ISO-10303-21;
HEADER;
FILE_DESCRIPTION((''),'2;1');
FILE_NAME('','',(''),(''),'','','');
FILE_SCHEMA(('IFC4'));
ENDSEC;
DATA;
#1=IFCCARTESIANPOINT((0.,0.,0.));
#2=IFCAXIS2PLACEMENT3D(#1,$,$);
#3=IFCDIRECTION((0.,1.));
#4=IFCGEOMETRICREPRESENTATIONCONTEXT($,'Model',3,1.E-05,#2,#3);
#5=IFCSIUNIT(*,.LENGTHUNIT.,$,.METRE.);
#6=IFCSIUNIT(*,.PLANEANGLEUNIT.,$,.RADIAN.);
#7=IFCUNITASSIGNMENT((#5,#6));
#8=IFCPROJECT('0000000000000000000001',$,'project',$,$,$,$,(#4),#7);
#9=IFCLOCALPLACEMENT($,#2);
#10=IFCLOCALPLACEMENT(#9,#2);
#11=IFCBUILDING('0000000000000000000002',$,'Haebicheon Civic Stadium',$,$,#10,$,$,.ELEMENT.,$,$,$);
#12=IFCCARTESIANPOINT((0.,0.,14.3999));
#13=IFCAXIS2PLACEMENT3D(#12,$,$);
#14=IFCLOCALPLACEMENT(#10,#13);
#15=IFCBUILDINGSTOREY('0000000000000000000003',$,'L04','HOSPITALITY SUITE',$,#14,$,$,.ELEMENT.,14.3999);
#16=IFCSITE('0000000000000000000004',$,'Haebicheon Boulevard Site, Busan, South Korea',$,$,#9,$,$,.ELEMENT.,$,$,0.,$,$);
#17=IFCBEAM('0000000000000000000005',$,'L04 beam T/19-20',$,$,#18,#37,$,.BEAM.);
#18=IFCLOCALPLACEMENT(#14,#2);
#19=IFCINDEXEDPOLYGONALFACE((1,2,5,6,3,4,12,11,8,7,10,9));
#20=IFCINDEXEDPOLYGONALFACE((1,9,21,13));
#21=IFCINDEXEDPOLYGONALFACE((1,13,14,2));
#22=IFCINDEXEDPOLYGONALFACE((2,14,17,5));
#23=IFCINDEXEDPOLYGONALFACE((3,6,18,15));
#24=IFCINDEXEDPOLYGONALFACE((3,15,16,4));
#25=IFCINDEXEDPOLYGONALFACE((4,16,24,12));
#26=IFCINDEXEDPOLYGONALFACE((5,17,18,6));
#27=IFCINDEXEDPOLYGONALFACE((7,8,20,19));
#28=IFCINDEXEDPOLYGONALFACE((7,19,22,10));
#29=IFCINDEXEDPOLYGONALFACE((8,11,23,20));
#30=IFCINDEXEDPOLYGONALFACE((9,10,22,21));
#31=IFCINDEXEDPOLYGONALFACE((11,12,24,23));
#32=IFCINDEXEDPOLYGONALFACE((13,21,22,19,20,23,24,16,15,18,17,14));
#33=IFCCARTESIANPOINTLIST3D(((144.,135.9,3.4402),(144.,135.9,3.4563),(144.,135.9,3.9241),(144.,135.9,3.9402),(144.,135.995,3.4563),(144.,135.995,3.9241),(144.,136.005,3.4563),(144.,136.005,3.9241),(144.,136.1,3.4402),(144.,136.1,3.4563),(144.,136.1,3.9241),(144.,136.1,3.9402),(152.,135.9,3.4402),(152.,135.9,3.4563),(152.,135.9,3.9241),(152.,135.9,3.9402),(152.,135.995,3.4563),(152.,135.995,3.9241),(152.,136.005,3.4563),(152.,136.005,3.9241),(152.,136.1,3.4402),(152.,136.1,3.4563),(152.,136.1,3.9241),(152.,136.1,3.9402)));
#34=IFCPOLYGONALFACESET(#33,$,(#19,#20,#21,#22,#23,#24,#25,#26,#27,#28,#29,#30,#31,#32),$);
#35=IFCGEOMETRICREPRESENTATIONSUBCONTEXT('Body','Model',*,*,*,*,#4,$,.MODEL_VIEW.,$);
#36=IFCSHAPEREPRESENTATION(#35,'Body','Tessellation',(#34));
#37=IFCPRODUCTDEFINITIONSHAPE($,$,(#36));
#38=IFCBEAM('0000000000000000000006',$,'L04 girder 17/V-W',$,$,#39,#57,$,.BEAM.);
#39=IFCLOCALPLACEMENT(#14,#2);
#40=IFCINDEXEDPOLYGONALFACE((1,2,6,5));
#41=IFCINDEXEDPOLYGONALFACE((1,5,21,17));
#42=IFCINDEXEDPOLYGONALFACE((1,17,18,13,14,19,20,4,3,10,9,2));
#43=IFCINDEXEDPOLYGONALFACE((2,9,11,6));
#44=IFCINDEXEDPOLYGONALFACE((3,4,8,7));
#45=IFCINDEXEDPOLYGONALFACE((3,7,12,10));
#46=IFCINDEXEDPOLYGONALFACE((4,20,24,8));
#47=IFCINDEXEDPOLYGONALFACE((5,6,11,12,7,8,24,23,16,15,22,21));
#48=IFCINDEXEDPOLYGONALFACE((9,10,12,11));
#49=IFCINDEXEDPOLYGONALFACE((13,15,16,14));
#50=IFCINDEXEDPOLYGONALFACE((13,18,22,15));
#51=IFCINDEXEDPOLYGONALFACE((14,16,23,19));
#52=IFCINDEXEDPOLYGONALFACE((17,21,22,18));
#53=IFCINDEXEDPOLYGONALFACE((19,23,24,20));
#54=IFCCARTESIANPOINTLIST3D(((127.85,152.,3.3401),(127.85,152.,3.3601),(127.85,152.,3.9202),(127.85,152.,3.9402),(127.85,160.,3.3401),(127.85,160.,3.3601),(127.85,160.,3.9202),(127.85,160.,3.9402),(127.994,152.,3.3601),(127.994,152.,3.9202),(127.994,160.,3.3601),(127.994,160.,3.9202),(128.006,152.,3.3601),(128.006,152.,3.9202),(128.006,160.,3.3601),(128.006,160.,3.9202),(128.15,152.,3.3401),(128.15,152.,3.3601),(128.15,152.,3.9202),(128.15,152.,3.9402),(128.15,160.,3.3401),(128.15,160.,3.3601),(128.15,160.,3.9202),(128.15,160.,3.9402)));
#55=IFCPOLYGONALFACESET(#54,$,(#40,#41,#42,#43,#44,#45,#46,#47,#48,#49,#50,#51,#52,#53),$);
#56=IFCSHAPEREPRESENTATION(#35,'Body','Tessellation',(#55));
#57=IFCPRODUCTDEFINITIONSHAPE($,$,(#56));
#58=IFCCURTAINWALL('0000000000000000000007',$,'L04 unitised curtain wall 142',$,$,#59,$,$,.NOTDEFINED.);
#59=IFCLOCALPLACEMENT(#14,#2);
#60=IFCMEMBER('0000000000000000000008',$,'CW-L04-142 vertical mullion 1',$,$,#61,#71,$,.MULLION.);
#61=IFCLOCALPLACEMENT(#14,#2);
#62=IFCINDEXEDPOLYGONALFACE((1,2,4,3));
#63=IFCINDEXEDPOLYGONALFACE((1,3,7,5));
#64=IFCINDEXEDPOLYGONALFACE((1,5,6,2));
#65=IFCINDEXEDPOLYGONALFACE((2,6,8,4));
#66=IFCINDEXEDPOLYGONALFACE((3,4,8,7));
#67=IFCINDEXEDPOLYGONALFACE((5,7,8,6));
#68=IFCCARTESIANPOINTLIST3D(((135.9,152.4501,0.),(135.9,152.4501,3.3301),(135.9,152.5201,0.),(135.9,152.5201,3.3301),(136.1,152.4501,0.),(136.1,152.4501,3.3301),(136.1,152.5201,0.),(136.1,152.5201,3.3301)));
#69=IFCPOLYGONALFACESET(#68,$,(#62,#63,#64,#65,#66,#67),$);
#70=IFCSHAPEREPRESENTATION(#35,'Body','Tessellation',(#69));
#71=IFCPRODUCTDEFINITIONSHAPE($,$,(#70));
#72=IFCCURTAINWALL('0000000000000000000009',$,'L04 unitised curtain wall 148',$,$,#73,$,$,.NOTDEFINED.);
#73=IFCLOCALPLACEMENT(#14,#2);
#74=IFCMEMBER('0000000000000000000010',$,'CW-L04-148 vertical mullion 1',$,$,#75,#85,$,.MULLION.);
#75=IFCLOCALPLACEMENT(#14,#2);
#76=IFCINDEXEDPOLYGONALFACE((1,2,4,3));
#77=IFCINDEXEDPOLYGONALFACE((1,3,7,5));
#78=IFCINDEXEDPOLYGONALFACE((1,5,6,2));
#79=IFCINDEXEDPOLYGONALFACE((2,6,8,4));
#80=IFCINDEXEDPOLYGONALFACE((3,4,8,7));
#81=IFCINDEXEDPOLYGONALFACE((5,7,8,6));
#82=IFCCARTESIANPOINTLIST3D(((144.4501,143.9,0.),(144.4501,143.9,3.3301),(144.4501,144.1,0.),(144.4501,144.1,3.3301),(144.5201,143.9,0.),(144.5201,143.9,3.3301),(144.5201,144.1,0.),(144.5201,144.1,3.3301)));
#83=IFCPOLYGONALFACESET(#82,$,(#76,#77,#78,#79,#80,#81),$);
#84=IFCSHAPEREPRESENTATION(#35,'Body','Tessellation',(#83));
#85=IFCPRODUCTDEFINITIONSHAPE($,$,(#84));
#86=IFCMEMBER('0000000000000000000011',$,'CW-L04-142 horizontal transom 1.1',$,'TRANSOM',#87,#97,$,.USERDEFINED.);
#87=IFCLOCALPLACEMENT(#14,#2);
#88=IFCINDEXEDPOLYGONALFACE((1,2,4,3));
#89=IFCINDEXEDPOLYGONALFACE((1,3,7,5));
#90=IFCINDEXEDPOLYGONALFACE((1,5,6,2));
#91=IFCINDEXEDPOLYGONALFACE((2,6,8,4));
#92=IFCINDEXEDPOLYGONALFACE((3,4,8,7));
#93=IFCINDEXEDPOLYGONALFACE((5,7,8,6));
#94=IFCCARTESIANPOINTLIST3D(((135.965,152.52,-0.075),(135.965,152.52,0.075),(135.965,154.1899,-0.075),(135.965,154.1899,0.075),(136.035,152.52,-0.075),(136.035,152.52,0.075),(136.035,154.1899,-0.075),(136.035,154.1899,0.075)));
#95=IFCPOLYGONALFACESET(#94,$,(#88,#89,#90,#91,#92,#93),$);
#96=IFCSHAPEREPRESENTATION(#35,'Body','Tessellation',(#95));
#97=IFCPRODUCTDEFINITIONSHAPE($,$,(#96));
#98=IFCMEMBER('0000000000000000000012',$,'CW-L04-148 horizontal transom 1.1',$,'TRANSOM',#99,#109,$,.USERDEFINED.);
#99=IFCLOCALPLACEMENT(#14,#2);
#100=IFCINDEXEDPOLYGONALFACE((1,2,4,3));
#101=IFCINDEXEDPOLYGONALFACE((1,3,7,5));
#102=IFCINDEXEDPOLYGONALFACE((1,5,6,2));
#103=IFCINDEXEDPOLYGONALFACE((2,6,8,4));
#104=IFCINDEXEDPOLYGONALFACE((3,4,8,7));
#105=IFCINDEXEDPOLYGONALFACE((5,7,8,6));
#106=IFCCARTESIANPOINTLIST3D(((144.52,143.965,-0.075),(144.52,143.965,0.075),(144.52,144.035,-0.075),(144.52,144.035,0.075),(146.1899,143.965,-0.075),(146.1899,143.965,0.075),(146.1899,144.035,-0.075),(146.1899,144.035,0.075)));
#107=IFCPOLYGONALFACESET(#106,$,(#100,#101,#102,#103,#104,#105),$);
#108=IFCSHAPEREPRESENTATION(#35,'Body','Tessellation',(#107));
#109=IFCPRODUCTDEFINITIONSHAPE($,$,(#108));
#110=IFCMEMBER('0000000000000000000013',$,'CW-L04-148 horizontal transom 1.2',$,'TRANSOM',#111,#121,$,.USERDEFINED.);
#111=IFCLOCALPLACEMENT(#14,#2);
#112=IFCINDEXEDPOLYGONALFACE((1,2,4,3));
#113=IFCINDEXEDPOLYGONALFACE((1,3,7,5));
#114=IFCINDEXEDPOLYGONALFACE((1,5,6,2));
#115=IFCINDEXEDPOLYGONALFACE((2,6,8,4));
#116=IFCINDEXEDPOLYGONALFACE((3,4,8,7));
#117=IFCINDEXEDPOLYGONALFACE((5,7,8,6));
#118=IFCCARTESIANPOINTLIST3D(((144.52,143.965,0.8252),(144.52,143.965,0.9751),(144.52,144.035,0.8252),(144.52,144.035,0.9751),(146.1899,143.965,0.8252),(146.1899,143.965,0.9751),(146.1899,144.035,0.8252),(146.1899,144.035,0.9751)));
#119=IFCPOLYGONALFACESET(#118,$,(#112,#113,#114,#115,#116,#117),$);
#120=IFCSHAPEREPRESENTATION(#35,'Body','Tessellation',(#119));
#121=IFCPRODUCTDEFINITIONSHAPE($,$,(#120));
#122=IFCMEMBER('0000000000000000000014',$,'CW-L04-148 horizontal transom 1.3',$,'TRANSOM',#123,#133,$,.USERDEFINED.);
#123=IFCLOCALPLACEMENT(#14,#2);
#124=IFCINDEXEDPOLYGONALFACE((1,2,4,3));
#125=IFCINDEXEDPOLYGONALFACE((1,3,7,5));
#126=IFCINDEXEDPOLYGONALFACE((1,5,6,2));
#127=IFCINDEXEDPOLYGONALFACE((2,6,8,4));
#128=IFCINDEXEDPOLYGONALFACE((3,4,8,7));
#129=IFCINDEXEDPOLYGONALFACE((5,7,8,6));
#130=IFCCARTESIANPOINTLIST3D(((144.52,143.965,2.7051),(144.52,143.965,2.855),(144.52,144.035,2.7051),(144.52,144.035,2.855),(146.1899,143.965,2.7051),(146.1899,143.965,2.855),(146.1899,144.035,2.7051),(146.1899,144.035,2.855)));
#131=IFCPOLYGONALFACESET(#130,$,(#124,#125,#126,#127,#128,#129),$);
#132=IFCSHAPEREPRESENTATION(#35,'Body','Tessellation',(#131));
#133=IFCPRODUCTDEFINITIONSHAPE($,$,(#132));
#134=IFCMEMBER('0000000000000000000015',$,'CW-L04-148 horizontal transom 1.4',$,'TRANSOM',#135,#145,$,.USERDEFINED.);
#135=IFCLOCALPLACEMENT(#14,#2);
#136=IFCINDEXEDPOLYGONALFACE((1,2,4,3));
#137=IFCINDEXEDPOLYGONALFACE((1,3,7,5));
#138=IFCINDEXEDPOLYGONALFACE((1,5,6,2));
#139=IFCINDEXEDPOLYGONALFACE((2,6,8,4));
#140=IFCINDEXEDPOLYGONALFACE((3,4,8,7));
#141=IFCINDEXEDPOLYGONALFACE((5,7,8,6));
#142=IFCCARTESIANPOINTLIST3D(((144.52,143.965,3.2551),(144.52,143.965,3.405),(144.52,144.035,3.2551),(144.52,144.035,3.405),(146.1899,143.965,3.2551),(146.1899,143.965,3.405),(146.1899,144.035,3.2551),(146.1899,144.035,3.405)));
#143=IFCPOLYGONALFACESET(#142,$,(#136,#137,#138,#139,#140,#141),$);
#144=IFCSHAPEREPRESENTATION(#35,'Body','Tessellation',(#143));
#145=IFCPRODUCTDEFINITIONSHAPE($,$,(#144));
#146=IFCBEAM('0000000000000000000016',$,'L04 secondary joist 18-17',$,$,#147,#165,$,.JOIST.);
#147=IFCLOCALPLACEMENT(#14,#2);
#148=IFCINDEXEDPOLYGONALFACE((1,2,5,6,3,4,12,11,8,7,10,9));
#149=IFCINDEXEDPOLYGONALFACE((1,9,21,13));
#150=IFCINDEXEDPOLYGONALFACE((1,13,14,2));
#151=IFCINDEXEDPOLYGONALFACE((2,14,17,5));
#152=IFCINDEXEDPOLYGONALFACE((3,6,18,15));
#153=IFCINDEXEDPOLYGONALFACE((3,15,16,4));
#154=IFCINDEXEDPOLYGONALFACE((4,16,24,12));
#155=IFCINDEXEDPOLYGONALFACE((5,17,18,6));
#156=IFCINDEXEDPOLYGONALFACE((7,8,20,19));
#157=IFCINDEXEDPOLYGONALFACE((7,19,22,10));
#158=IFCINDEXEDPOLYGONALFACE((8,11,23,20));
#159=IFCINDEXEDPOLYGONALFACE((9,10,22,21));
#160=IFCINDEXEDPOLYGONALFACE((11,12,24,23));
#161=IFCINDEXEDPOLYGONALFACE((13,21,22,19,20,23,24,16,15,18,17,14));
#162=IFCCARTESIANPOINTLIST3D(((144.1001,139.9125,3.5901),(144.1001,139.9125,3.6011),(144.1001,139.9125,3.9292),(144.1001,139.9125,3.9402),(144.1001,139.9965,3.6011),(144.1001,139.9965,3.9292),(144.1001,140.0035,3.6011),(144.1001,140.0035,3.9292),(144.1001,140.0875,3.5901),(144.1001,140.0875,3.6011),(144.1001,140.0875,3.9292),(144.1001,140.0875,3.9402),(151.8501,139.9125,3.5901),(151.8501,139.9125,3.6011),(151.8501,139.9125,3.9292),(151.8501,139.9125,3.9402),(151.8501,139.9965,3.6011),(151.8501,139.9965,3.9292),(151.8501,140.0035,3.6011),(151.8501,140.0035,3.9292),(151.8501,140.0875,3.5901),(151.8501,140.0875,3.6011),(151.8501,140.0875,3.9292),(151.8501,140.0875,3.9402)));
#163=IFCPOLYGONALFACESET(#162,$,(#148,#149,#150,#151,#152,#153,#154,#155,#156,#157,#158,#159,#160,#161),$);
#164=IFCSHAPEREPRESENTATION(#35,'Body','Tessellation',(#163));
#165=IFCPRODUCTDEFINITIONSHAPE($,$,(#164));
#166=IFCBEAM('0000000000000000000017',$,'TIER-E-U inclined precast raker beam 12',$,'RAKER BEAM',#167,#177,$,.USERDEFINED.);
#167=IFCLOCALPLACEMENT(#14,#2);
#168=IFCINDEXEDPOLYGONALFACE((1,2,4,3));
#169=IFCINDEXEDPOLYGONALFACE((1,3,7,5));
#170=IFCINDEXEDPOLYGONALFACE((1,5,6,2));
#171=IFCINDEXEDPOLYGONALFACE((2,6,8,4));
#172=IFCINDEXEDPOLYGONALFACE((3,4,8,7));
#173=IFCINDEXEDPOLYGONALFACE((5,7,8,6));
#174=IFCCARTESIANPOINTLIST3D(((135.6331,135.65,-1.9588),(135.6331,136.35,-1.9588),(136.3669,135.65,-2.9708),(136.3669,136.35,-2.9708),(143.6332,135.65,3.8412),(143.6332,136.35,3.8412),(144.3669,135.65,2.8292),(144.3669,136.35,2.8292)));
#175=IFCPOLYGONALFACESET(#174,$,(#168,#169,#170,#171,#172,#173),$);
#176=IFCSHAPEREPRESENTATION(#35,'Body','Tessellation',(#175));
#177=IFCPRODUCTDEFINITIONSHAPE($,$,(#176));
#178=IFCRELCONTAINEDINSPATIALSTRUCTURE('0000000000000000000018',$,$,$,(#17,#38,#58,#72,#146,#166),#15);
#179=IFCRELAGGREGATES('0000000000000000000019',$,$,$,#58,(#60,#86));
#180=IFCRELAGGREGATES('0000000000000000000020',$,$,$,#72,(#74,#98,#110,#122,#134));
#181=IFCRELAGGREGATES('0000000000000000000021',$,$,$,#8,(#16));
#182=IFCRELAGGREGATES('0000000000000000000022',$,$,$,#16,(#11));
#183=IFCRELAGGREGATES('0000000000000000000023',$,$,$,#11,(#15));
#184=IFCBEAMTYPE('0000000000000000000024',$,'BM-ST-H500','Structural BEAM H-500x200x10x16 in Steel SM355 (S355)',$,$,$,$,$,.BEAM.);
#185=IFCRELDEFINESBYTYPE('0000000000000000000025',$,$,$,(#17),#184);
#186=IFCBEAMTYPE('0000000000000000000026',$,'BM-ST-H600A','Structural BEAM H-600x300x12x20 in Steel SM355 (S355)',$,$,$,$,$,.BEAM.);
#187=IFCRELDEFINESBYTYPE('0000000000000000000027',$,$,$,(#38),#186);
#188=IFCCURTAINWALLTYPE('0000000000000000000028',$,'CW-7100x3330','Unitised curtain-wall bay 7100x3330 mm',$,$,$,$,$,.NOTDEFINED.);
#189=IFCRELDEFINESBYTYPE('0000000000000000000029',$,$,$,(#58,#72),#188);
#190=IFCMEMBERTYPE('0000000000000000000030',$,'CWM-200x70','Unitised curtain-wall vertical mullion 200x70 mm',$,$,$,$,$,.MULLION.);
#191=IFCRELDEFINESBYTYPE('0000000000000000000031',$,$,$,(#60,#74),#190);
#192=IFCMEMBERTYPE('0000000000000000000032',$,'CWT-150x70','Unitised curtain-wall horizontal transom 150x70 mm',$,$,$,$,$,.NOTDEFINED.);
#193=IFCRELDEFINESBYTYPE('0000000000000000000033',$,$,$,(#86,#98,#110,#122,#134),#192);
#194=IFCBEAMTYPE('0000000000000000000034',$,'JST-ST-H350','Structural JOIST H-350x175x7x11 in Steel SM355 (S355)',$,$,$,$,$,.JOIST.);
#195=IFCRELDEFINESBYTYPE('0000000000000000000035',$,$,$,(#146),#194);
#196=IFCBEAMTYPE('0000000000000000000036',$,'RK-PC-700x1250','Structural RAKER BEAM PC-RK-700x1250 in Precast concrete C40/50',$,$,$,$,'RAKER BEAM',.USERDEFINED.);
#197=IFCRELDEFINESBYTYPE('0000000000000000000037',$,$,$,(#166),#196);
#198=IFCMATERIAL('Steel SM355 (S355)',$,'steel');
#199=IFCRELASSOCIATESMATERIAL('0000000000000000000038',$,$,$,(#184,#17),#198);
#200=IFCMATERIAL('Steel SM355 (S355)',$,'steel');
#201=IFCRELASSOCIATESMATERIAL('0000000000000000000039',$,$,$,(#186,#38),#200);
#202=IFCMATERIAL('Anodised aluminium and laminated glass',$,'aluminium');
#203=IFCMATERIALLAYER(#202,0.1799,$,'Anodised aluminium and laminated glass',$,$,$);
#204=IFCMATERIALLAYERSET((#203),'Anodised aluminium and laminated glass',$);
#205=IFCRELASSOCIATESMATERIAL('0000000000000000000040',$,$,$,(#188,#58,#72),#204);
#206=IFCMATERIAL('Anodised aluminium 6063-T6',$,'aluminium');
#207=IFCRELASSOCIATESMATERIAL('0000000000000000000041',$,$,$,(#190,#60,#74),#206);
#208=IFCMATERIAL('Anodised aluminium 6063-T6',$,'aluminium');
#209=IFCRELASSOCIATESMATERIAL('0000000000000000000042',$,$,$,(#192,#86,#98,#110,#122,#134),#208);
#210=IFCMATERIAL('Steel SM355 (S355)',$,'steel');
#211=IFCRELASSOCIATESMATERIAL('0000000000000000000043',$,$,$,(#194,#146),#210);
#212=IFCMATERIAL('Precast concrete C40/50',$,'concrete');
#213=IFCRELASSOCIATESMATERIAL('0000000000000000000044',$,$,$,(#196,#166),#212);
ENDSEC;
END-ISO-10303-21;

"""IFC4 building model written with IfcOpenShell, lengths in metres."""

from ifc_helpers import new_model, si_unit, direction, frame, origin, origin_2d, place, context, subcontext, project, spatial, rectangle, i_section, extrude, material, layer, layer_set, material_profile, profile_set, type_object, element, aggregate, save


model = new_model("IFC4")

# Units and contexts
model_context = context("Model", 3, precision=1e-05, world=origin(), true_north=direction((0.0, 1.0)))
body_context = subcontext(model_context, "Body", "Model", "MODEL_VIEW")
ifc_project = project(units=[si_unit("LENGTHUNIT", "METRE"), si_unit("PLANEANGLEUNIT", "RADIAN")], contexts=[model_context])

# Site, building, storey
site_placement = place(None, origin())
site = spatial("IfcSite", under=ifc_project, at=site_placement, Name="Haebicheon Boulevard Site, Busan, South Korea", CompositionType="ELEMENT", RefElevation=0.0)
building_placement = place(site_placement, origin())
building = spatial("IfcBuilding", under=site, at=building_placement, Name="Haebicheon Civic Stadium", CompositionType="ELEMENT")
storey_placement = place(building_placement, frame((0.0, 0.0, 14.3999)))
storey = spatial("IfcBuildingStorey", under=building, at=storey_placement, Name="L04", Description="HOSPITALITY SUITE", CompositionType="ELEMENT", Elevation=14.3999)

# Beams
ifc_material_1 = material(Name="Steel SM355 (S355)", Category="steel")
ifc_material_profile_1 = material_profile(ifc_material_1, i_section(OverallWidth=0.2, OverallDepth=0.5, WebThickness=0.01, FlangeThickness=0.0161, at=origin_2d()), Name="H-500x200x10x16")
ifc_profile_set_1 = profile_set([ifc_material_profile_1], Name="Steel SM355 (S355)")
beam_type_1 = type_object("IfcBeamType", Name="BM-ST-H500", Description="Structural BEAM H-500x200x10x16 in Steel SM355 (S355)", PredefinedType="BEAM", material=ifc_profile_set_1)
beam_1_placement = place(storey_placement, frame((144.0, 136.0, 3.6902), z_axis=(1.0, 0.0, 0.0), x_axis=(0.0, 1.0, 0.0)))
element("IfcBeam", 1, at=beam_1_placement, inside=storey, type_object=beam_type_1, material=ifc_profile_set_1, Name="L04 beam T/19-20", PredefinedType="BEAM", context=body_context, shape_type="SweptSolid", body=[
    extrude(i_section(OverallWidth=0.2, OverallDepth=0.5, WebThickness=0.01, FlangeThickness=0.0161, at=origin_2d()), origin(), (0.0, 0.0, 1.0), 8.0),
])
ifc_material_2 = material(Name="Steel SM355 (S355)", Category="steel")
ifc_material_profile_2 = material_profile(ifc_material_2, i_section(OverallWidth=0.3, OverallDepth=0.6001, WebThickness=0.012, FlangeThickness=0.02, at=origin_2d()), Name="H-600x300x12x20")
ifc_profile_set_2 = profile_set([ifc_material_profile_2], Name="Steel SM355 (S355)")
beam_type_2 = type_object("IfcBeamType", Name="BM-ST-H600A", Description="Structural BEAM H-600x300x12x20 in Steel SM355 (S355)", PredefinedType="BEAM", material=ifc_profile_set_2)
beam_2_placement = place(storey_placement, frame((128.0, 152.0, 3.6401), z_axis=(0.0, 1.0, 0.0), x_axis=(-1.0, 0.0, 0.0)))
element("IfcBeam", 2, at=beam_2_placement, inside=storey, type_object=beam_type_2, material=ifc_profile_set_2, Name="L04 girder 17/V-W", PredefinedType="BEAM", context=body_context, shape_type="SweptSolid", body=[
    extrude(i_section(OverallWidth=0.3, OverallDepth=0.6001, WebThickness=0.012, FlangeThickness=0.02, at=origin_2d()), origin(), (0.0, 0.0, 1.0), 8.0),
])

# Curtain walls, members
ifc_material_3 = material(Name="Anodised aluminium and laminated glass", Category="aluminium")
ifc_layer_1 = layer(ifc_material_3, 0.1799, Name="Anodised aluminium and laminated glass")
ifc_layer_set_1 = layer_set([ifc_layer_1], Name="Anodised aluminium and laminated glass")
curtain_wall_type = type_object("IfcCurtainWallType", Name="CW-7100x3330", Description="Unitised curtain-wall bay 7100x3330 mm", PredefinedType="NOTDEFINED", material=ifc_layer_set_1)
curtain_wall_1_placement = place(storey_placement, origin())
curtain_wall_1 = element("IfcCurtainWall", 3, at=curtain_wall_1_placement, inside=storey, type_object=curtain_wall_type, material=ifc_layer_set_1, Name="L04 unitised curtain wall 142", PredefinedType="NOTDEFINED")
ifc_material_4 = material(Name="Anodised aluminium 6063-T6", Category="aluminium")
ifc_material_profile_3 = material_profile(ifc_material_4, rectangle(XDim=0.0701, YDim=0.2, at=origin_2d()), Name="ALU-MULL-70x200")
ifc_profile_set_3 = profile_set([ifc_material_profile_3], Name="Anodised aluminium 6063-T6")
member_type_1 = type_object("IfcMemberType", Name="CWM-200x70", Description="Unitised curtain-wall vertical mullion 200x70 mm", PredefinedType="MULLION", material=ifc_profile_set_3)
member_1_placement = place(storey_placement, frame((136.0, 152.4851, 0.0), z_axis=(0.0, 0.0, 1.0), x_axis=(0.0, 1.0, 0.0)))
member_1 = element("IfcMember", 4, at=member_1_placement, type_object=member_type_1, material=ifc_profile_set_3, Name="CW-L04-142 vertical mullion 1", PredefinedType="MULLION", context=body_context, shape_type="SweptSolid", body=[
    extrude(rectangle(XDim=0.0701, YDim=0.2, at=origin_2d()), origin(), (0.0, 0.0, 1.0), 3.3301),
])
curtain_wall_2_placement = place(storey_placement, origin())
curtain_wall_2 = element("IfcCurtainWall", 5, at=curtain_wall_2_placement, inside=storey, type_object=curtain_wall_type, material=ifc_layer_set_1, Name="L04 unitised curtain wall 148", PredefinedType="NOTDEFINED")
member_2_placement = place(storey_placement, frame((144.4851, 144.0, 0.0), z_axis=(0.0, 0.0, 1.0), x_axis=(1.0, 0.0, 0.0)))
member_2 = element("IfcMember", 6, at=member_2_placement, type_object=member_type_1, material=ifc_profile_set_3, Name="CW-L04-148 vertical mullion 1", PredefinedType="MULLION", context=body_context, shape_type="SweptSolid", body=[
    extrude(rectangle(XDim=0.0701, YDim=0.2, at=origin_2d()), origin(), (0.0, 0.0, 1.0), 3.3301),
])

# Members
ifc_material_5 = material(Name="Anodised aluminium 6063-T6", Category="aluminium")
ifc_material_profile_4 = material_profile(ifc_material_5, rectangle(XDim=0.0701, YDim=0.1499, at=origin_2d()), Name="ALU-TRAN-70x150")
ifc_profile_set_4 = profile_set([ifc_material_profile_4], Name="Anodised aluminium 6063-T6")
member_type_2 = type_object("IfcMemberType", Name="CWT-150x70", Description="Unitised curtain-wall horizontal transom 150x70 mm", PredefinedType="NOTDEFINED", material=ifc_profile_set_4)
member_3_placement = place(storey_placement, frame((136.0, 152.52, 0.0), z_axis=(0.0, 1.0, 0.0), x_axis=(-1.0, 0.0, 0.0)))
member_3 = element("IfcMember", 7, at=member_3_placement, type_object=member_type_2, material=ifc_profile_set_4, Name="CW-L04-142 horizontal transom 1.1", ObjectType="TRANSOM", PredefinedType="USERDEFINED", context=body_context, shape_type="SweptSolid", body=[
    extrude(rectangle(XDim=0.0701, YDim=0.1499, at=origin_2d()), origin(), (0.0, 0.0, 1.0), 1.6699),
])
aggregate(curtain_wall_1, [member_1, member_3])
member_4_placement = place(storey_placement, frame((144.52, 144.0, 0.0), z_axis=(1.0, 0.0, 0.0), x_axis=(0.0, 1.0, 0.0)))
member_4 = element("IfcMember", 8, at=member_4_placement, type_object=member_type_2, material=ifc_profile_set_4, Name="CW-L04-148 horizontal transom 1.1", ObjectType="TRANSOM", PredefinedType="USERDEFINED", context=body_context, shape_type="SweptSolid", body=[
    extrude(rectangle(XDim=0.0701, YDim=0.1499, at=origin_2d()), origin(), (0.0, 0.0, 1.0), 1.6699),
])
member_5_placement = place(storey_placement, frame((144.52, 144.0, 0.9001), z_axis=(1.0, 0.0, 0.0), x_axis=(0.0, 1.0, 0.0)))
member_5 = element("IfcMember", 9, at=member_5_placement, type_object=member_type_2, material=ifc_profile_set_4, Name="CW-L04-148 horizontal transom 1.2", ObjectType="TRANSOM", PredefinedType="USERDEFINED", context=body_context, shape_type="SweptSolid", body=[
    extrude(rectangle(XDim=0.0701, YDim=0.1499, at=origin_2d()), origin(), (0.0, 0.0, 1.0), 1.6699),
])
member_6_placement = place(storey_placement, frame((144.52, 144.0, 2.78), z_axis=(1.0, 0.0, 0.0), x_axis=(0.0, 1.0, 0.0)))
member_6 = element("IfcMember", 10, at=member_6_placement, type_object=member_type_2, material=ifc_profile_set_4, Name="CW-L04-148 horizontal transom 1.3", ObjectType="TRANSOM", PredefinedType="USERDEFINED", context=body_context, shape_type="SweptSolid", body=[
    extrude(rectangle(XDim=0.0701, YDim=0.1499, at=origin_2d()), origin(), (0.0, 0.0, 1.0), 1.6699),
])
member_7_placement = place(storey_placement, frame((144.52, 144.0, 3.3301), z_axis=(1.0, 0.0, 0.0), x_axis=(0.0, 1.0, 0.0)))
member_7 = element("IfcMember", 11, at=member_7_placement, type_object=member_type_2, material=ifc_profile_set_4, Name="CW-L04-148 horizontal transom 1.4", ObjectType="TRANSOM", PredefinedType="USERDEFINED", context=body_context, shape_type="SweptSolid", body=[
    extrude(rectangle(XDim=0.0701, YDim=0.1499, at=origin_2d()), origin(), (0.0, 0.0, 1.0), 1.6699),
])

# Beams
ifc_material_6 = material(Name="Steel SM355 (S355)", Category="steel")
ifc_material_profile_5 = material_profile(ifc_material_6, i_section(OverallWidth=0.175, OverallDepth=0.3501, WebThickness=0.0071, FlangeThickness=0.011, at=origin_2d()), Name="H-350x175x7x11")
ifc_profile_set_5 = profile_set([ifc_material_profile_5], Name="Steel SM355 (S355)")
beam_type_3 = type_object("IfcBeamType", Name="JST-ST-H350", Description="Structural JOIST H-350x175x7x11 in Steel SM355 (S355)", PredefinedType="JOIST", material=ifc_profile_set_5)
beam_3_placement = place(storey_placement, frame((144.1001, 140.0, 3.7651), z_axis=(1.0, 0.0, 0.0), x_axis=(0.0, 1.0, 0.0)))
element("IfcBeam", 12, at=beam_3_placement, inside=storey, type_object=beam_type_3, material=ifc_profile_set_5, Name="L04 secondary joist 18-17", PredefinedType="JOIST", context=body_context, shape_type="SweptSolid", body=[
    extrude(i_section(OverallWidth=0.175, OverallDepth=0.3501, WebThickness=0.0071, FlangeThickness=0.011, at=origin_2d()), origin(), (0.0, 0.0, 1.0), 7.75),
])
ifc_material_7 = material(Name="Precast concrete C40/50", Category="concrete")
ifc_material_profile_6 = material_profile(ifc_material_7, rectangle(XDim=0.7, YDim=1.25, at=origin_2d()), Name="PC-RK-700x1250")
ifc_profile_set_6 = profile_set([ifc_material_profile_6], Name="Precast concrete C40/50")
beam_type_4 = type_object("IfcBeamType", Name="RK-PC-700x1250", Description="Structural RAKER BEAM PC-RK-700x1250 in Precast concrete C40/50", ElementType="RAKER BEAM", PredefinedType="USERDEFINED", material=ifc_profile_set_6)
for number, where, z_axis, x_axis, name in (
    (13, (136.0, 136.0, -2.4648), (0.809608, 0.0, 0.586971), (0.0, 1.0, 0.0), "TIER-E-U inclined precast raker beam 12"),
):
    element("IfcBeam", number, at=place(storey_placement, frame(where, z_axis=z_axis, x_axis=x_axis)), inside=storey, type_object=beam_type_4, material=ifc_profile_set_6, Name=name, ObjectType="RAKER BEAM", PredefinedType="USERDEFINED", context=body_context, shape_type="SweptSolid", body=[
        extrude(rectangle(XDim=0.7, YDim=1.25, at=origin_2d()), origin(), (0.0, 0.0, 1.0), 9.8813),
    ])

aggregate(curtain_wall_2, [member_2, member_4, member_5, member_6, member_7])

save(model, "model.ifc")
